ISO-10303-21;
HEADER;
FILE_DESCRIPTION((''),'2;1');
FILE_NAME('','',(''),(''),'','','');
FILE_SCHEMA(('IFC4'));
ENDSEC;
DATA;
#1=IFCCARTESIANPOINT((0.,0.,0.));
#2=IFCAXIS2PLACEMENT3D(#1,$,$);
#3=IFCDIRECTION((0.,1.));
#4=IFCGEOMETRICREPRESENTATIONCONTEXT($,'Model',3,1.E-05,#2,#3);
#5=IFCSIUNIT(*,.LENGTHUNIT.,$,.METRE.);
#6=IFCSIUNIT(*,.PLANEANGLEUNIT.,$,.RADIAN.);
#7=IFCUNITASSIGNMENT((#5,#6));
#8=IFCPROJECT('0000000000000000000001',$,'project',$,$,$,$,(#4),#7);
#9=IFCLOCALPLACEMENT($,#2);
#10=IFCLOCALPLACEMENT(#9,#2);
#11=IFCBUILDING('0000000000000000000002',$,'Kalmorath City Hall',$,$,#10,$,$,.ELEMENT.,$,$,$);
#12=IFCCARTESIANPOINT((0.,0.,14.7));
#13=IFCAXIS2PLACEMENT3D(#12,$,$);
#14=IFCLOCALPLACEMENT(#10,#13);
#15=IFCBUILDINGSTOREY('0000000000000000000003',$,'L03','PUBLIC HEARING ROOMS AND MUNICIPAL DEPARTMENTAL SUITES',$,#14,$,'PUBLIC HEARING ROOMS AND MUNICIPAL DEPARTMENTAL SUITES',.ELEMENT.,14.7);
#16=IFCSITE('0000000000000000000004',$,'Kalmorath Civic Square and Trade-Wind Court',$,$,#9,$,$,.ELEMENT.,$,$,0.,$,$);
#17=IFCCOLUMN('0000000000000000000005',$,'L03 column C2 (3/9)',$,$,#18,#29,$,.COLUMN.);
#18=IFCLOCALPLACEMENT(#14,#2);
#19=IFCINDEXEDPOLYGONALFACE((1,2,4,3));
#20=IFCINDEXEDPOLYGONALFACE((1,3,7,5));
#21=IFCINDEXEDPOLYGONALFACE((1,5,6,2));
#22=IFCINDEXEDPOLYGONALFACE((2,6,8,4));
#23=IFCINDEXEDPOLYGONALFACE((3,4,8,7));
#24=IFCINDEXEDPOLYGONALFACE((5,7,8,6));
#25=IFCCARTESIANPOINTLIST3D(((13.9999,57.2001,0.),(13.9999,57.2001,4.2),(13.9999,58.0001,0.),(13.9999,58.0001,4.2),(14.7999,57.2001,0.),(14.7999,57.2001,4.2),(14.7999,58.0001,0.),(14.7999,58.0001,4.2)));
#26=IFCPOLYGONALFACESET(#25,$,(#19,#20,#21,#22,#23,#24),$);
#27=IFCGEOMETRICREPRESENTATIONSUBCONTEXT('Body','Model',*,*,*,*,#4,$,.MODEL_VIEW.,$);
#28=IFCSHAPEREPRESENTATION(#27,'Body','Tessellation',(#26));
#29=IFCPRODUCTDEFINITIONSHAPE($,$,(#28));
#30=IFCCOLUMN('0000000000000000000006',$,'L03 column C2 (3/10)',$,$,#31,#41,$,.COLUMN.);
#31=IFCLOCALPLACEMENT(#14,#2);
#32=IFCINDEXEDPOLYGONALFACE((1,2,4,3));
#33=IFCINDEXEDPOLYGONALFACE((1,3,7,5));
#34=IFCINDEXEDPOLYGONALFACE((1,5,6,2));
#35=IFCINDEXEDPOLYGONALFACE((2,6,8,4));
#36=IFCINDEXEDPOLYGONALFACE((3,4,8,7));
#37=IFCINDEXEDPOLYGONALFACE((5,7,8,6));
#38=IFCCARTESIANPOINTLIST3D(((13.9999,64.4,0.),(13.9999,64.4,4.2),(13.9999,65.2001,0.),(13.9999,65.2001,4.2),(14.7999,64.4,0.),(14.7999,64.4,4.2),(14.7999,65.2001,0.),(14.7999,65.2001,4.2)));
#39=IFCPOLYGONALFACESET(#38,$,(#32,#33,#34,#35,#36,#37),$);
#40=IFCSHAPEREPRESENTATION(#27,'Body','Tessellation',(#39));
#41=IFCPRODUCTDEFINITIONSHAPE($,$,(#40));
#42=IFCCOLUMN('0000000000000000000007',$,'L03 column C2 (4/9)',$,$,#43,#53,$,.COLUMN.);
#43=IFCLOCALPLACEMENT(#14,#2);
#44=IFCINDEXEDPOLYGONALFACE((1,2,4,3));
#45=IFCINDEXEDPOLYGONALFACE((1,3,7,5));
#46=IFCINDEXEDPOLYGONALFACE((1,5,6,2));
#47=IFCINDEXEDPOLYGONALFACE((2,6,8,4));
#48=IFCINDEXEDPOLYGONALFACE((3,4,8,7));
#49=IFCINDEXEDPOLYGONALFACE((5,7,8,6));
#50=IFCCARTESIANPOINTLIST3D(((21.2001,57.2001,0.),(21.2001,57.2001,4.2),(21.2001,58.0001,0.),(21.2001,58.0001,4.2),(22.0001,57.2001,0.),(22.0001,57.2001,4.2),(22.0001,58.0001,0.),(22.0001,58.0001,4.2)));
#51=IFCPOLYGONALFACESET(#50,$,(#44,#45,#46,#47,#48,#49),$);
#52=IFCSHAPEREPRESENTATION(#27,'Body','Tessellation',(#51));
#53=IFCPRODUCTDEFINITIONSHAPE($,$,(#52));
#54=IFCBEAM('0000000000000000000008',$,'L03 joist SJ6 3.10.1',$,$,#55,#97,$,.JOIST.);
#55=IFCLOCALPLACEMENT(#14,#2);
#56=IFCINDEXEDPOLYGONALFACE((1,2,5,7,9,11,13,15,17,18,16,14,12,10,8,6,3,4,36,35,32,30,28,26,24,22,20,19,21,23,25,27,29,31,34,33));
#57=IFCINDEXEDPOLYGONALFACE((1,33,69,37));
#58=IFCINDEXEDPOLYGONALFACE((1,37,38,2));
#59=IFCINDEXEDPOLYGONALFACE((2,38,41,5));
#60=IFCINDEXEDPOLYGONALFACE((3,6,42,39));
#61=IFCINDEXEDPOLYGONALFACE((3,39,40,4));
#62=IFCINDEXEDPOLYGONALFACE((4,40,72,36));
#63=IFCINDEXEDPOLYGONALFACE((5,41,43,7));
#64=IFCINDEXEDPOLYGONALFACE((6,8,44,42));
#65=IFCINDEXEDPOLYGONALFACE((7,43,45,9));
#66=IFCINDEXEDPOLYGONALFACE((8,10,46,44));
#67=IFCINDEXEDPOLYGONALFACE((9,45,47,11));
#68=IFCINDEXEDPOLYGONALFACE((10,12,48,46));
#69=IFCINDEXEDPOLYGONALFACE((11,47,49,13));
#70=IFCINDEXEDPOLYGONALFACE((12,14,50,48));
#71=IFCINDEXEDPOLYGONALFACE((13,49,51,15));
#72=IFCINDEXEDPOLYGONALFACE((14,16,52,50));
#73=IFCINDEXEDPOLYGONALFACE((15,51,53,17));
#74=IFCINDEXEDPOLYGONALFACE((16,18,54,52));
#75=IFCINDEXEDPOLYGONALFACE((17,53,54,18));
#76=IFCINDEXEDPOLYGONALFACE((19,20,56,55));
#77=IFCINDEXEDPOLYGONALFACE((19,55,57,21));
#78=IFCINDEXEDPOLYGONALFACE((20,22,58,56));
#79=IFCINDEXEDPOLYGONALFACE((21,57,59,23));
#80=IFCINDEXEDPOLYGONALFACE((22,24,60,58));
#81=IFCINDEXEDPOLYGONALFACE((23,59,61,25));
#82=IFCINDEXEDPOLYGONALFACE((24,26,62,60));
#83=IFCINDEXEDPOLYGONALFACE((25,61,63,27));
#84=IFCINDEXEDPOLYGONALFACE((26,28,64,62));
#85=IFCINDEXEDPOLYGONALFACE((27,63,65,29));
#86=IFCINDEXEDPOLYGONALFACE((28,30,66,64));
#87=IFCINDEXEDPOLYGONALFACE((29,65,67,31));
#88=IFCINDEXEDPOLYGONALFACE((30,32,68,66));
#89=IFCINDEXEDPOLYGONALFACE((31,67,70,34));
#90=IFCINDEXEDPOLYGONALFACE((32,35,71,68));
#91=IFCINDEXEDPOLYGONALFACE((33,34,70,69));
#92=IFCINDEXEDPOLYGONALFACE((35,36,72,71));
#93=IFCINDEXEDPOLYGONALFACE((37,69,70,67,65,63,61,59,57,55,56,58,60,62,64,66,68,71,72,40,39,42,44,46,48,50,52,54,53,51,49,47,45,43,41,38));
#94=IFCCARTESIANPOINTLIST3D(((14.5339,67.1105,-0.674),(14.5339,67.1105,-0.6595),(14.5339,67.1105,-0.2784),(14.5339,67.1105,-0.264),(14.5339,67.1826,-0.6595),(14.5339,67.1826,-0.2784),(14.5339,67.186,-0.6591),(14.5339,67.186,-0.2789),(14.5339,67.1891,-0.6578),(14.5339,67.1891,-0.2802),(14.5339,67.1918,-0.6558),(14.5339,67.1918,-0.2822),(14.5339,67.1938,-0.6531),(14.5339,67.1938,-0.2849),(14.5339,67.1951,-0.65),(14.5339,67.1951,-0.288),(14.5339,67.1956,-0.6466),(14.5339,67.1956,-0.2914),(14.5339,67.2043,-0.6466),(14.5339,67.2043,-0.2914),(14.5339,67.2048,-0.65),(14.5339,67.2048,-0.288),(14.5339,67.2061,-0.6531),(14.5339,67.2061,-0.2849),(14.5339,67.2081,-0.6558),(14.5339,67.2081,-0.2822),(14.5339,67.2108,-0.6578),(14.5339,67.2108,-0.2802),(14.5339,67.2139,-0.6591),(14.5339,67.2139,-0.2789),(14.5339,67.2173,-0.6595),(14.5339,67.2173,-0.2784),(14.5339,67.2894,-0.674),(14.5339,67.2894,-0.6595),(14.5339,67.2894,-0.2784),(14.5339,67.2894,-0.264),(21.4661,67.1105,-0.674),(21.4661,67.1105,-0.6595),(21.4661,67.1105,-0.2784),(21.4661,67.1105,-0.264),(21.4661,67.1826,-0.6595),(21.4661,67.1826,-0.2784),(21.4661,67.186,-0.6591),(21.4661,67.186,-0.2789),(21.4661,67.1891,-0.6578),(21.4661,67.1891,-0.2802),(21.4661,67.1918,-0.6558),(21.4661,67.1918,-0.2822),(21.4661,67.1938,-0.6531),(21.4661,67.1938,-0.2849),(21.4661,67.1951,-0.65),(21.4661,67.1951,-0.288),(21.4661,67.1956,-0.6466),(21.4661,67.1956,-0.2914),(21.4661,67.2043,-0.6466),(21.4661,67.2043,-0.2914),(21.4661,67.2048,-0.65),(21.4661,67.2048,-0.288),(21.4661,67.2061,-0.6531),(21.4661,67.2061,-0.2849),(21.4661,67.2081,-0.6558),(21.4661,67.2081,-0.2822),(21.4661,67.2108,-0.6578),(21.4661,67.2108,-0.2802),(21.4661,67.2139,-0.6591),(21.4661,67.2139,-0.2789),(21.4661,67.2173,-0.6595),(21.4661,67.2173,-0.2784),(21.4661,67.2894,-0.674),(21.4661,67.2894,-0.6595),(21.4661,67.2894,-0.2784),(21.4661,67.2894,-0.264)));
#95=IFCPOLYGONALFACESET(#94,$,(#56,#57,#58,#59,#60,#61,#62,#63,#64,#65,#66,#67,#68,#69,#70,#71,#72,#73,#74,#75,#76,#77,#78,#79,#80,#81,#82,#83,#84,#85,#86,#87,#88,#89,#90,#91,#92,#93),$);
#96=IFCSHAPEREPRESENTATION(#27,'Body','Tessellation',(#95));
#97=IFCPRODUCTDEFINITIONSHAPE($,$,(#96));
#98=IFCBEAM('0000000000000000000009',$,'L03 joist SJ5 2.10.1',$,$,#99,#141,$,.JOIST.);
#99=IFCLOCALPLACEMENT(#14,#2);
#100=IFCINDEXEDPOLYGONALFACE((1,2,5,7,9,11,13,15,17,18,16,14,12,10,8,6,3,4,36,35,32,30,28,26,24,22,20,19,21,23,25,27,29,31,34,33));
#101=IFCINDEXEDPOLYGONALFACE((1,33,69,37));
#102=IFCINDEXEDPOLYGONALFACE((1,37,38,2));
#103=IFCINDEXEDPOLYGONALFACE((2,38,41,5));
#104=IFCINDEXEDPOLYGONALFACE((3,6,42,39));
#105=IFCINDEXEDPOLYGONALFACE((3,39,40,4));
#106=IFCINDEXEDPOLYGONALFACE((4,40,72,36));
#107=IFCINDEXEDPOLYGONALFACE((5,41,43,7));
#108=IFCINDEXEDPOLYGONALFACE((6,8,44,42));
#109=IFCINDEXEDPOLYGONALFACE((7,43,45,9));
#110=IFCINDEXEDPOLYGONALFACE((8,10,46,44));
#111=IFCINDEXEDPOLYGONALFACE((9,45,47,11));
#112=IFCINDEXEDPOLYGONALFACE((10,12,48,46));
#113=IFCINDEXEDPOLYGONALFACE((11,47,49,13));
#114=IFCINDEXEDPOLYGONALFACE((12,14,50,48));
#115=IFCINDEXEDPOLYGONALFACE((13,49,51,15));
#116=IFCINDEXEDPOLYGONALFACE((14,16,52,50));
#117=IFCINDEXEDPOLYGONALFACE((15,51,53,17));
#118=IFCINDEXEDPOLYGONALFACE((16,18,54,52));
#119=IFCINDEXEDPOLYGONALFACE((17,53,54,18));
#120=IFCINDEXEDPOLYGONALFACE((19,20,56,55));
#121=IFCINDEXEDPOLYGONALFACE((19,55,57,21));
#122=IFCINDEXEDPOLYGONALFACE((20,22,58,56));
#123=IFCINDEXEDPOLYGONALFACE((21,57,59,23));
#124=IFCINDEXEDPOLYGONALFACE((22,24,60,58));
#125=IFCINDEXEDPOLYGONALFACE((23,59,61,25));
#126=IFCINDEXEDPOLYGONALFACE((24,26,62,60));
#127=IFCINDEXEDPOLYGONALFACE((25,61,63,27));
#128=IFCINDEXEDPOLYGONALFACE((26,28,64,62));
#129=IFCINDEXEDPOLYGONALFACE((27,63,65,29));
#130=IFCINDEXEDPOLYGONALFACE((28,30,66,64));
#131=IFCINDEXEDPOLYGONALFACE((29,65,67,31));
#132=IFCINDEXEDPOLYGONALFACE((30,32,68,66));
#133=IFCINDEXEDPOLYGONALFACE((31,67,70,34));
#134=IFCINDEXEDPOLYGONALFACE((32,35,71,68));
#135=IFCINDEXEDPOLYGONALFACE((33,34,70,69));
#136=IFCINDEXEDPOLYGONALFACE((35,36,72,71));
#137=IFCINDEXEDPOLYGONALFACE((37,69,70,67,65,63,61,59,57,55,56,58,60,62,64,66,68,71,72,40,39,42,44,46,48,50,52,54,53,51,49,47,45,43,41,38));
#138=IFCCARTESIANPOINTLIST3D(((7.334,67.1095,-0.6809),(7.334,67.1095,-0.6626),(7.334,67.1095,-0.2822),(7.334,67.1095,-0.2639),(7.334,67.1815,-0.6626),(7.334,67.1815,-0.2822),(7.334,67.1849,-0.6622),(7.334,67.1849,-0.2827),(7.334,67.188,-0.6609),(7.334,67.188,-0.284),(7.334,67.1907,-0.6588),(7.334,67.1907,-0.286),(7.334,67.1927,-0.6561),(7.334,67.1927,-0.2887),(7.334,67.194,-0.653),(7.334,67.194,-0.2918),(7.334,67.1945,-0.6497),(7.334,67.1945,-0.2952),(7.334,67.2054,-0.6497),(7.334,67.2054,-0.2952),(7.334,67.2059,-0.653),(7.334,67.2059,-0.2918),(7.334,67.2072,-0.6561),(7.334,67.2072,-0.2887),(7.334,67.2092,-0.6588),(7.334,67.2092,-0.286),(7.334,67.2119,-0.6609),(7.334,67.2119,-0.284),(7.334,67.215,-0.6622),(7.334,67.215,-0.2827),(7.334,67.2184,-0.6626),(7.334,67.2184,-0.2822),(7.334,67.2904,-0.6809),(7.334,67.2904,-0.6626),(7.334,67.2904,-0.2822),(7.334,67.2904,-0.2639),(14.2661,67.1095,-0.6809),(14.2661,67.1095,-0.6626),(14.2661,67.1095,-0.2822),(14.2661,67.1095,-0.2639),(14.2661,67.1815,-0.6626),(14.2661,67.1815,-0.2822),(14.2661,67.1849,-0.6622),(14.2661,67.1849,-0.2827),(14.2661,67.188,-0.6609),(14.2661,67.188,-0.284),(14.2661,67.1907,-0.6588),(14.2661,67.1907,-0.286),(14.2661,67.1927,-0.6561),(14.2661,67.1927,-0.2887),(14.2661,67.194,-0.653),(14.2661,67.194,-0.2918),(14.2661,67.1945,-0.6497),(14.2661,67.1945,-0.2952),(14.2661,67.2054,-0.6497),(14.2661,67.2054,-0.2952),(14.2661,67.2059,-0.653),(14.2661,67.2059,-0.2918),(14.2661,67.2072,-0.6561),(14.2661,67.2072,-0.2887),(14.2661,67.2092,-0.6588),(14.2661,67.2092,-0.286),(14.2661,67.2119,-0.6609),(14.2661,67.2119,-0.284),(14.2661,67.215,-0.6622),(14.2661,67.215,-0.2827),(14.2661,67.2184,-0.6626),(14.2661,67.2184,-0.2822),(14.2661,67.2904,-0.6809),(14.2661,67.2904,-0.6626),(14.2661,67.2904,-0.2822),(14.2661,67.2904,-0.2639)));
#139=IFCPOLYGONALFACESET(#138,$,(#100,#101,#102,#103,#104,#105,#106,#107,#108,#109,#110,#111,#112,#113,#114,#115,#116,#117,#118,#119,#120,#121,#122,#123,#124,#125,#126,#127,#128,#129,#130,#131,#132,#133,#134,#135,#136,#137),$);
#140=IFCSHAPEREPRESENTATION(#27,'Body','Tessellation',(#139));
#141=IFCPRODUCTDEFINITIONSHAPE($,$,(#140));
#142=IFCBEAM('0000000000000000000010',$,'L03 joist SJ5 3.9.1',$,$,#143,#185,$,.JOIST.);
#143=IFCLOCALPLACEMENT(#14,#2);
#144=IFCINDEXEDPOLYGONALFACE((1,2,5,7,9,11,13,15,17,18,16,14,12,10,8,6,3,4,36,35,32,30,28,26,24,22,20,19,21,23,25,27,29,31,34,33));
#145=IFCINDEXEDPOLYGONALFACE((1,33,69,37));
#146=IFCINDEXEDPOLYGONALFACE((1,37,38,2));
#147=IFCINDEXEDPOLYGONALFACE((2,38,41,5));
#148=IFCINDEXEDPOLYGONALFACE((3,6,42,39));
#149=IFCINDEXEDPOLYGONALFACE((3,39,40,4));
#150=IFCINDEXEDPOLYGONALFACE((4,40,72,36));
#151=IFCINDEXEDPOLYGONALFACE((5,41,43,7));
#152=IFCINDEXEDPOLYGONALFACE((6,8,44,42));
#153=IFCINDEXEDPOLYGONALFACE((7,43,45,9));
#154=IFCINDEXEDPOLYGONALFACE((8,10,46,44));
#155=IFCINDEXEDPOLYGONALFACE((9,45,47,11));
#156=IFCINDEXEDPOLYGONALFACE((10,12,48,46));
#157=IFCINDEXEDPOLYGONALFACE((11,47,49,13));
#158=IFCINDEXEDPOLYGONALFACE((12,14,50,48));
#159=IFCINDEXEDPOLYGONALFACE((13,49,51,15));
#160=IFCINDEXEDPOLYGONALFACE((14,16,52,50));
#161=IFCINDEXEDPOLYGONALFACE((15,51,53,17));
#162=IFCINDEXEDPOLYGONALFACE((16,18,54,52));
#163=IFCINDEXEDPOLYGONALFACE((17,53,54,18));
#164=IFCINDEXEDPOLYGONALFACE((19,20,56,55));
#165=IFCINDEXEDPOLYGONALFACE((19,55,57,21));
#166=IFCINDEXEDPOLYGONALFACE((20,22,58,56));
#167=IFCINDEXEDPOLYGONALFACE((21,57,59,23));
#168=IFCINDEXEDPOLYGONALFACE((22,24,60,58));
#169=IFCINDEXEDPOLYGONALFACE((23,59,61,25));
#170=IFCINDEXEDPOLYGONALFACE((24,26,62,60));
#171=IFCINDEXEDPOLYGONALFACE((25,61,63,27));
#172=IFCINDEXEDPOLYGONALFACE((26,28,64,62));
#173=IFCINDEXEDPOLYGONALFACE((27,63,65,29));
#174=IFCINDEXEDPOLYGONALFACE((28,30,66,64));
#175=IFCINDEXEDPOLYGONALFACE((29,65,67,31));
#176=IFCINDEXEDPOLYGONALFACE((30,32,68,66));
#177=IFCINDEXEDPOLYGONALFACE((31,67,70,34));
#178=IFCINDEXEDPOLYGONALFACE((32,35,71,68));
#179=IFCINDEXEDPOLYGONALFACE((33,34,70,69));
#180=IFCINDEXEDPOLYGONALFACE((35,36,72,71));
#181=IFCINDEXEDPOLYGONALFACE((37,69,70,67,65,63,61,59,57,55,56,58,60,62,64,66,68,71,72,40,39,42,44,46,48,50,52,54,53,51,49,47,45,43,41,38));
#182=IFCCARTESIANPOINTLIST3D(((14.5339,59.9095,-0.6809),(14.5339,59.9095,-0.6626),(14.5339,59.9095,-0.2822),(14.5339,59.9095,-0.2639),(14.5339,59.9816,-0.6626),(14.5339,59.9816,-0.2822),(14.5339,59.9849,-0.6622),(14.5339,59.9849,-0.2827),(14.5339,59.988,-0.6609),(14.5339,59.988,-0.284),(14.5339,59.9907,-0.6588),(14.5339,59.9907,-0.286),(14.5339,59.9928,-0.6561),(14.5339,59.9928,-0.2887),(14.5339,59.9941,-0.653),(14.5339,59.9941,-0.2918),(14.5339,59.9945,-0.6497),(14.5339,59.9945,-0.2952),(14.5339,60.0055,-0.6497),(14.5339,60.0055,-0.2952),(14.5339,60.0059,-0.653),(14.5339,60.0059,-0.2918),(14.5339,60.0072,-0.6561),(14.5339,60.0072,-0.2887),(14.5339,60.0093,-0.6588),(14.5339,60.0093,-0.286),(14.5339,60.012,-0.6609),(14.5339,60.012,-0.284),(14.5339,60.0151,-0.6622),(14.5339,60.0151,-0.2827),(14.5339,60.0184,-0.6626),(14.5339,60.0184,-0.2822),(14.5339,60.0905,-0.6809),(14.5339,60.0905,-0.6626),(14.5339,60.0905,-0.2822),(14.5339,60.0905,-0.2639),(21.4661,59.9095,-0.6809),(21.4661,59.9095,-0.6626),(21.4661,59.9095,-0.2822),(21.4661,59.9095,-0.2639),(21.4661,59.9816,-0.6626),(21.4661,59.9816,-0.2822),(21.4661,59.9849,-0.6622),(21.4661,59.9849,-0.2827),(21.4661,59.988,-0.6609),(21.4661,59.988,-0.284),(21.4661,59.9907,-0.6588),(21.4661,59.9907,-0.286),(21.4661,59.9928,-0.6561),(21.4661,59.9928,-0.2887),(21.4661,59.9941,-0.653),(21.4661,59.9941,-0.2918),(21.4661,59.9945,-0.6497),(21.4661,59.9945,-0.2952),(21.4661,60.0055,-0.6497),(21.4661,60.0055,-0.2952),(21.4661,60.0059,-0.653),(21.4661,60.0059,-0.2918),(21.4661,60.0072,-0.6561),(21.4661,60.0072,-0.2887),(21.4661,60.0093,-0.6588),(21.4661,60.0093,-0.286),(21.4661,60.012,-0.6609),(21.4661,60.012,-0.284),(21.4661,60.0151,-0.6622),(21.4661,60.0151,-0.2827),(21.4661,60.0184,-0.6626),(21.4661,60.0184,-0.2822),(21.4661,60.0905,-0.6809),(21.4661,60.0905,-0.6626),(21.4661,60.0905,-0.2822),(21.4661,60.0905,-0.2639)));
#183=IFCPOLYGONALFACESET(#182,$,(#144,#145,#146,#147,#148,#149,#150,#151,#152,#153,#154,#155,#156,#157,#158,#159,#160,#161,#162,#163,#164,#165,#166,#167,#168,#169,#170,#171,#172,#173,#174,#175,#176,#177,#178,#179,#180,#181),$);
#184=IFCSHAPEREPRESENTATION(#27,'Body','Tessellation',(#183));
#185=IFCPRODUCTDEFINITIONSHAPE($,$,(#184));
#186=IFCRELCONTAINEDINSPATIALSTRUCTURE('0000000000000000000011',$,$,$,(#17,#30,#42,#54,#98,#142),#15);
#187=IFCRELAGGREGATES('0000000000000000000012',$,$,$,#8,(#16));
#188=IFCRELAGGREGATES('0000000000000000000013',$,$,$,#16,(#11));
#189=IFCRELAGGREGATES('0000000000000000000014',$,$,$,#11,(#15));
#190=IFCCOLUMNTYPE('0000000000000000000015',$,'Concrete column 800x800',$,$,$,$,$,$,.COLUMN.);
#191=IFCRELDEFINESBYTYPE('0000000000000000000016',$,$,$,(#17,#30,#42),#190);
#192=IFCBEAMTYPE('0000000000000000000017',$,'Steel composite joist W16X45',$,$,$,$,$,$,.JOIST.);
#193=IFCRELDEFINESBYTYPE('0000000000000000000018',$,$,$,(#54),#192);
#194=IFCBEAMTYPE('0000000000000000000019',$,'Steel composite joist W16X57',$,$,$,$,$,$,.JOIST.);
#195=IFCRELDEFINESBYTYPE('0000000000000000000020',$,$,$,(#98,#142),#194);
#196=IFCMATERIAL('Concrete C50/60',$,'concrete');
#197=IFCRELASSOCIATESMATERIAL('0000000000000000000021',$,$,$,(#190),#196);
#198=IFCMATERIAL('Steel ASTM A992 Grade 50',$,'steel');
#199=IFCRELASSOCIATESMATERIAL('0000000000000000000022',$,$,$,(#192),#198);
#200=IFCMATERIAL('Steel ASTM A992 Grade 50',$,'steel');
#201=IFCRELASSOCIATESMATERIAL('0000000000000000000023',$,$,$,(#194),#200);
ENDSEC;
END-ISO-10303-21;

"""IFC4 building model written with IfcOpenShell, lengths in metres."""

from ifc_helpers import new_model, si_unit, direction, frame, origin, origin_2d, place, context, subcontext, project, spatial, rectangle, i_section, extrude, material, material_profile, profile_set, type_object, element, save


model = new_model("IFC4")

# Units and contexts
model_context = context("Model", 3, precision=1e-05, world=origin(), true_north=direction((0.0, 1.0)))
body_context = subcontext(model_context, "Body", "Model", "MODEL_VIEW")
ifc_project = project(units=[si_unit("LENGTHUNIT", "METRE"), si_unit("PLANEANGLEUNIT", "RADIAN")], contexts=[model_context])

# Site, building, storey
site_placement = place(None, origin())
site = spatial("IfcSite", under=ifc_project, at=site_placement, Name="Kalmorath Civic Square and Trade-Wind Court", CompositionType="ELEMENT", RefElevation=0.0)
building_placement = place(site_placement, origin())
building = spatial("IfcBuilding", under=site, at=building_placement, Name="Kalmorath City Hall", CompositionType="ELEMENT")
storey_placement = place(building_placement, frame((0.0, 0.0, 14.7)))
storey = spatial("IfcBuildingStorey", under=building, at=storey_placement, Name="L03", Description="PUBLIC HEARING ROOMS AND MUNICIPAL DEPARTMENTAL SUITES", LongName="PUBLIC HEARING ROOMS AND MUNICIPAL DEPARTMENTAL SUITES", CompositionType="ELEMENT", Elevation=14.7)

# Columns
ifc_material_1 = material(Name="Concrete C50/60", Category="concrete")
ifc_material_profile_1 = material_profile(ifc_material_1, rectangle(XDim=0.8, YDim=0.8, at=origin_2d()), Name="RC-COL-800X800")
ifc_profile_set_1 = profile_set([ifc_material_profile_1], Name="Concrete C50/60")
column_type = type_object("IfcColumnType", Name="Concrete column 800x800", PredefinedType="COLUMN", material=ifc_profile_set_1)
for number, where, z_axis, x_axis, name in (
    (1, (14.3999, 57.6001, 0.0), (0.0, 0.0, 1.0), (1.0, 0.0, 0.0), "L03 column C2 (3/9)"),
    (2, (14.3999, 64.8, 0.0), (0.0, 0.0, 1.0), (1.0, 0.0, 0.0), "L03 column C2 (3/10)"),
    (3, (21.6001, 57.6001, 0.0), (0.0, 0.0, 1.0), (1.0, 0.0, 0.0), "L03 column C2 (4/9)"),
):
    element("IfcColumn", number, at=place(storey_placement, frame(where, z_axis=z_axis, x_axis=x_axis)), inside=storey, type_object=column_type, Name=name, PredefinedType="COLUMN", context=body_context, shape_type="SweptSolid", body=[
        extrude(rectangle(XDim=0.8, YDim=0.8, at=origin_2d()), origin(), (0.0, 0.0, 1.0), 4.2),
    ])

# Beams
ifc_material_2 = material(Name="Steel ASTM A992 Grade 50", Category="steel")
ifc_material_profile_2 = material_profile(ifc_material_2, i_section(OverallWidth=0.179, OverallDepth=0.4099, WebThickness=0.0088, FlangeThickness=0.0144, FilletRadius=0.0129, at=origin_2d()), Name="W16X45")
ifc_profile_set_2 = profile_set([ifc_material_profile_2], Name="Steel ASTM A992 Grade 50")
beam_type_1 = type_object("IfcBeamType", Name="Steel composite joist W16X45", PredefinedType="JOIST", material=ifc_profile_set_2)
beam_1_placement = place(storey_placement, frame((14.5339, 67.2, -0.469), z_axis=(1.0, 0.0, 0.0), x_axis=(0.0, 1.0, 0.0)))
element("IfcBeam", 4, at=beam_1_placement, inside=storey, type_object=beam_type_1, Name="L03 joist SJ6 3.10.1", PredefinedType="JOIST", context=body_context, shape_type="SweptSolid", body=[
    extrude(i_section(OverallWidth=0.179, OverallDepth=0.4099, WebThickness=0.0088, FlangeThickness=0.0144, FilletRadius=0.0129, at=origin_2d()), origin(), (0.0, 0.0, 1.0), 6.9321),
])
ifc_material_3 = material(Name="Steel ASTM A992 Grade 50", Category="steel")
ifc_material_profile_3 = material_profile(ifc_material_3, i_section(OverallWidth=0.1809, OverallDepth=0.417, WebThickness=0.011, FlangeThickness=0.0183, FilletRadius=0.0129, at=origin_2d()), Name="W16X57")
ifc_profile_set_3 = profile_set([ifc_material_profile_3], Name="Steel ASTM A992 Grade 50")
beam_type_2 = type_object("IfcBeamType", Name="Steel composite joist W16X57", PredefinedType="JOIST", material=ifc_profile_set_3)
for number, where, z_axis, x_axis, name in (
    (5, (7.334, 67.2, -0.4724), (1.0, 0.0, 0.0), (0.0, 1.0, 0.0), "L03 joist SJ5 2.10.1"),
    (6, (14.5339, 60.0, -0.4724), (1.0, 0.0, 0.0), (0.0, 1.0, 0.0), "L03 joist SJ5 3.9.1"),
):
    element("IfcBeam", number, at=place(storey_placement, frame(where, z_axis=z_axis, x_axis=x_axis)), inside=storey, type_object=beam_type_2, Name=name, PredefinedType="JOIST", context=body_context, shape_type="SweptSolid", body=[
        extrude(i_section(OverallWidth=0.1809, OverallDepth=0.417, WebThickness=0.011, FlangeThickness=0.0183, FilletRadius=0.0129, at=origin_2d()), origin(), (0.0, 0.0, 1.0), 6.9321),
    ])

save(model, "model.ifc")
